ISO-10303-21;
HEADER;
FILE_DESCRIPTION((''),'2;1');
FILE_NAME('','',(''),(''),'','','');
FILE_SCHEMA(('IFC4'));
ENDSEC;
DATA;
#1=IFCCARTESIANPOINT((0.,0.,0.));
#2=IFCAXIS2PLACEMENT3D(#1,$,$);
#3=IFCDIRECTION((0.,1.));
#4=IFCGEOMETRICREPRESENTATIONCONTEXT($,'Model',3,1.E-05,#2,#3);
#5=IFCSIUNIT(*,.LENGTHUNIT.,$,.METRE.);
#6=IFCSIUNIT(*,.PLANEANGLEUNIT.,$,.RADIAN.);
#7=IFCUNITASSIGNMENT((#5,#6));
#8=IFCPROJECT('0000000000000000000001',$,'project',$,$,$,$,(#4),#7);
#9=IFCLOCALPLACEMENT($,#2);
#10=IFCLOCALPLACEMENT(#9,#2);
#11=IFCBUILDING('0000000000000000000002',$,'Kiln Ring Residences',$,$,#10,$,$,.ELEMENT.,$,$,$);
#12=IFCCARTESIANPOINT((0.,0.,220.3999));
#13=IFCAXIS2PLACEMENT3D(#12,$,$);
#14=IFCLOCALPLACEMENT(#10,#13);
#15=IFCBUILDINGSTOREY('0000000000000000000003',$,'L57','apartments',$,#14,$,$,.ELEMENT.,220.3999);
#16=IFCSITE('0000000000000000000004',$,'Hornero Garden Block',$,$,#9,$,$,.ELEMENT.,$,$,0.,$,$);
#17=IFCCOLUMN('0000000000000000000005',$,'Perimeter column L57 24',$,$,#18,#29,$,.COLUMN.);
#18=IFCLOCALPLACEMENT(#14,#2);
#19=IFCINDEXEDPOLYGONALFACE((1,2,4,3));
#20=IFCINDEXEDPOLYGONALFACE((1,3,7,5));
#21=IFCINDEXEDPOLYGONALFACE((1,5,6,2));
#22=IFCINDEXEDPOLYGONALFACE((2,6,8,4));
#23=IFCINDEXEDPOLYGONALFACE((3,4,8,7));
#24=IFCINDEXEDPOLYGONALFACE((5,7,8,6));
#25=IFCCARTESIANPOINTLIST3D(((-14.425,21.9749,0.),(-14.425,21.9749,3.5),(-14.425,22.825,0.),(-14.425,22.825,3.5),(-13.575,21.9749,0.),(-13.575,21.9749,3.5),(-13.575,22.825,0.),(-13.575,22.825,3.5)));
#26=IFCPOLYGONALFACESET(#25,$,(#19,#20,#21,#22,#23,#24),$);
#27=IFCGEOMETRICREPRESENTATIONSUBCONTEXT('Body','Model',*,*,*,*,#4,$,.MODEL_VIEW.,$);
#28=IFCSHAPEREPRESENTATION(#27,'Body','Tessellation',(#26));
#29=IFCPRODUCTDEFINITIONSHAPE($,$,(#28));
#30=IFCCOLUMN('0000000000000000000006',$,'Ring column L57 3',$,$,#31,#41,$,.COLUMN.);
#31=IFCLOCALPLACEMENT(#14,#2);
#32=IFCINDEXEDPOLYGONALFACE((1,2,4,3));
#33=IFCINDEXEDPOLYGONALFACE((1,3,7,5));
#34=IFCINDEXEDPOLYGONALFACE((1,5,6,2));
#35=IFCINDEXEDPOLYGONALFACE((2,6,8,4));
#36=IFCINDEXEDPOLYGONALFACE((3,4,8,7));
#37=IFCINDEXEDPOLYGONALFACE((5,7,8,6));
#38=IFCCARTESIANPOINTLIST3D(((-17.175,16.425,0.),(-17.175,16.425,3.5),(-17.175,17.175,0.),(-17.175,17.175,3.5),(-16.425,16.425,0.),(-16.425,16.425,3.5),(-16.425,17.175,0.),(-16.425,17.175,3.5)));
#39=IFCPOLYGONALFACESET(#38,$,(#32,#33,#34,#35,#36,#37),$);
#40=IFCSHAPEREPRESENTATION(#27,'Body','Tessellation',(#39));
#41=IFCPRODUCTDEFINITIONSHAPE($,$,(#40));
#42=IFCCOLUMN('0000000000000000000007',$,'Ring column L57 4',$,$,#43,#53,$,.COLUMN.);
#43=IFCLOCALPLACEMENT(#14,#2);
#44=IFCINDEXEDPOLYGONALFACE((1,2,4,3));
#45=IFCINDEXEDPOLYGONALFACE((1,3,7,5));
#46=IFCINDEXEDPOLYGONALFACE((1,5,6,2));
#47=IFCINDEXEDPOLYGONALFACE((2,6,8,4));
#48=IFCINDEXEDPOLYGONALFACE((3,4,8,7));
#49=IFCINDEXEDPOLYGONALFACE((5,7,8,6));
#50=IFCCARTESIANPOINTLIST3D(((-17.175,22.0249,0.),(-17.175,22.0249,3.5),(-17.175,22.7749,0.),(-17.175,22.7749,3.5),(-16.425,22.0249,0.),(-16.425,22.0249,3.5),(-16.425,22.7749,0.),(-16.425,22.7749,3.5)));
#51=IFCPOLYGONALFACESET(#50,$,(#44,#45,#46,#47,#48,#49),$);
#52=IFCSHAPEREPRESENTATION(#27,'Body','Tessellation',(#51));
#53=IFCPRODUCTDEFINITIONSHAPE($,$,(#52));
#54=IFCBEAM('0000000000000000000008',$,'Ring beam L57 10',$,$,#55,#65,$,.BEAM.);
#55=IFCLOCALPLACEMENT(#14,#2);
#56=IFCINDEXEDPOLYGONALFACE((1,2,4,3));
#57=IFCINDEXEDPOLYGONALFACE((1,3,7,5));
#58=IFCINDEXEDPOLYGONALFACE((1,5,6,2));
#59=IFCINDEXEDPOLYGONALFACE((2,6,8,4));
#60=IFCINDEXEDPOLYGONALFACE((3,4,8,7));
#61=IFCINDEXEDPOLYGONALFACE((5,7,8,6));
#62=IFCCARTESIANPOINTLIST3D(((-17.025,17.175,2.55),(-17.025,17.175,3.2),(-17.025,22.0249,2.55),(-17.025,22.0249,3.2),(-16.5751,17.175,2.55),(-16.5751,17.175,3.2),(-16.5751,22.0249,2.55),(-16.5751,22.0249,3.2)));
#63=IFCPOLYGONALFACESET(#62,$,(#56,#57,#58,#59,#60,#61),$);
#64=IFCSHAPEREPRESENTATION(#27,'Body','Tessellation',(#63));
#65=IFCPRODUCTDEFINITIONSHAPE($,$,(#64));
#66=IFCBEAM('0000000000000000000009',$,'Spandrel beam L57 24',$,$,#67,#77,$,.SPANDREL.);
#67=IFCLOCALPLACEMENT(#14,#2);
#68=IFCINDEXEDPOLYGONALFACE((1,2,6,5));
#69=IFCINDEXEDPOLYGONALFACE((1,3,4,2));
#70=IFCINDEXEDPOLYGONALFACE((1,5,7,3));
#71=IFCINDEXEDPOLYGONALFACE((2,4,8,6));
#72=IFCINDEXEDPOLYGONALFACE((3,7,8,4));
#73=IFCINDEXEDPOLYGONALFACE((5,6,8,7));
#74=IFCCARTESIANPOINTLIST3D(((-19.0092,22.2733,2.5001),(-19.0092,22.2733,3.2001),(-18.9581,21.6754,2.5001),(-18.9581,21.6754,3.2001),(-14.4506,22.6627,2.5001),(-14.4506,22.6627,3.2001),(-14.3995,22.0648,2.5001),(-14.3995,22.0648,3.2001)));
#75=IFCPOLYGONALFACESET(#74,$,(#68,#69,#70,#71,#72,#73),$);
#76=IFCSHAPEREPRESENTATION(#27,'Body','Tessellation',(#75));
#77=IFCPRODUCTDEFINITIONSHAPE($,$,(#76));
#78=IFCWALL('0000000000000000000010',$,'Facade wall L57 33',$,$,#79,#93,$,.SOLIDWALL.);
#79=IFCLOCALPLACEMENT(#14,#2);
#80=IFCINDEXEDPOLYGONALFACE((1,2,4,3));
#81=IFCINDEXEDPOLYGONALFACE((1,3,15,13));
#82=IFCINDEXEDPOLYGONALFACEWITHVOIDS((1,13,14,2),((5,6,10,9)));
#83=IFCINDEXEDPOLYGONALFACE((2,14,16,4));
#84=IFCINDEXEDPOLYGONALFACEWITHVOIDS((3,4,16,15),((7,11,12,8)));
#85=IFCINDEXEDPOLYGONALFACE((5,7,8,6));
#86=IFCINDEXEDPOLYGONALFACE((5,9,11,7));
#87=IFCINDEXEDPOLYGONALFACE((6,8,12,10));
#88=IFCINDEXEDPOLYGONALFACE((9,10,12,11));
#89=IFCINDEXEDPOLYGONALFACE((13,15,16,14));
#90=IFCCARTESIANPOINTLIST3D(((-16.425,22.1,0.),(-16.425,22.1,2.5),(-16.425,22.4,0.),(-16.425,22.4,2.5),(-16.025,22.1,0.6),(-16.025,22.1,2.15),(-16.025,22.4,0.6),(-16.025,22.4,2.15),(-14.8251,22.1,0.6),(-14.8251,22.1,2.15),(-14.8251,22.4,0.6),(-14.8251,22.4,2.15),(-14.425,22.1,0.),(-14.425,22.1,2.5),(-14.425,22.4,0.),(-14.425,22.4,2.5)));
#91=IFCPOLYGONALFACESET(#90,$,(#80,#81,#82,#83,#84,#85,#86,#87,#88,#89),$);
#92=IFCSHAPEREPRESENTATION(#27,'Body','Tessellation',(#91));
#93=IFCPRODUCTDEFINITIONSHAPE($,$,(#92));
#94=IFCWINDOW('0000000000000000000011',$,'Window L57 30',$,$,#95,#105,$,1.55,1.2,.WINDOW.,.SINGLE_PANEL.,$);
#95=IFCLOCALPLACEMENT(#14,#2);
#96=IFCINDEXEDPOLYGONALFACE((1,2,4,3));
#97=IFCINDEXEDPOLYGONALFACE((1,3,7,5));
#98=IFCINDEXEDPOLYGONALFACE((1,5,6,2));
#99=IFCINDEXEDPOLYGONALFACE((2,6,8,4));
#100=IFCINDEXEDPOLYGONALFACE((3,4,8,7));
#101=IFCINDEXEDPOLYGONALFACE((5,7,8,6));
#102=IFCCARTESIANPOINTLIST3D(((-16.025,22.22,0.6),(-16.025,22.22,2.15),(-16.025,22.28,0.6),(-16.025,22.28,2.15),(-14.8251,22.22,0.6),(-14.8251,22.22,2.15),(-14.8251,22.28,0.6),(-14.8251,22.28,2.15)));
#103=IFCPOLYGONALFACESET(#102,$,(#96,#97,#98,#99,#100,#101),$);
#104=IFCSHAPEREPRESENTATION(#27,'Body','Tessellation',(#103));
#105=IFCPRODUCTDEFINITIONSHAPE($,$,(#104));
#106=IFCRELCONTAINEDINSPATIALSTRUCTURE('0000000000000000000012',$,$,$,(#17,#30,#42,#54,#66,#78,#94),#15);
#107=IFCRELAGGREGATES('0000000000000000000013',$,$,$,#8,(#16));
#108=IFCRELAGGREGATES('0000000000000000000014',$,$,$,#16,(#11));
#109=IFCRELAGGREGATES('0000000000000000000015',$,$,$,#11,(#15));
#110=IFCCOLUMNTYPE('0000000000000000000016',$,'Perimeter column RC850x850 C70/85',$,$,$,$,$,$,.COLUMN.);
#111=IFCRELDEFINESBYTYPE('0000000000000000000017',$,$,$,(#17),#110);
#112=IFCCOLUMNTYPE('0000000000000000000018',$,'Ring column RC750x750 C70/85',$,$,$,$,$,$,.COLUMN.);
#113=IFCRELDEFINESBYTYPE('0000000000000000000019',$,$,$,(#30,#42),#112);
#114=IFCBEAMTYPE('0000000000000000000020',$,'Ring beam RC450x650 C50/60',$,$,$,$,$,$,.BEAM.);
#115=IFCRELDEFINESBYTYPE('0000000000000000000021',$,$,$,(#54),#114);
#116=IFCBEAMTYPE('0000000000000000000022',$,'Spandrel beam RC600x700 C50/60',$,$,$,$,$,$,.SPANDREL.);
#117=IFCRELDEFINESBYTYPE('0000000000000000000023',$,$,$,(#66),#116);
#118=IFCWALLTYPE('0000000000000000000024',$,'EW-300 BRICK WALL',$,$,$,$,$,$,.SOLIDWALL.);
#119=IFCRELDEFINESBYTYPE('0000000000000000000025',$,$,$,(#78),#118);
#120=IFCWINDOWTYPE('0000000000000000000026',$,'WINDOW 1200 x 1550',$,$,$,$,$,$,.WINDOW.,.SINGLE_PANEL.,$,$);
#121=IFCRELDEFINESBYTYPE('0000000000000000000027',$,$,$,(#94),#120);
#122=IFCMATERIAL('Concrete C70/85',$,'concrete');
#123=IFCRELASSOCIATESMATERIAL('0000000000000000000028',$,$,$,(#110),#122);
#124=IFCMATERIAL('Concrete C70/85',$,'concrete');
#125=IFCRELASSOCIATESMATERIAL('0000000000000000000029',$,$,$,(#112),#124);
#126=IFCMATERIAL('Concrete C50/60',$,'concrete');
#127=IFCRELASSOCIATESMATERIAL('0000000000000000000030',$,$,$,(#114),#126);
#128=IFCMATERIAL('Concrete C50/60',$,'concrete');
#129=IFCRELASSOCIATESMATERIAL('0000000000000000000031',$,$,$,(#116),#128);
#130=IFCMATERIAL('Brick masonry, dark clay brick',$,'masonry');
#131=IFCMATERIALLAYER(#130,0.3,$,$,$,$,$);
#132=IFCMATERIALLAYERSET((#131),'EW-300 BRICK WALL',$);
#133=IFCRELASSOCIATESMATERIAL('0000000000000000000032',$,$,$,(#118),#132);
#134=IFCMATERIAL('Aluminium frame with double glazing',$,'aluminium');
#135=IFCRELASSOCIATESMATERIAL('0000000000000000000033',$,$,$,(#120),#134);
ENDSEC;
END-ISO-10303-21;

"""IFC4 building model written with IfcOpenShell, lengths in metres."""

from ifc_helpers import new_model, si_unit, direction, frame, frame_2d, origin, origin_2d, place, context, subcontext, project, spatial, rectangle, extrude, material, layer, layer_set, material_profile, profile_set, type_object, element, fill, save


model = new_model("IFC4")

# Units and contexts
model_context = context("Model", 3, precision=1e-05, world=origin(), true_north=direction((0.0, 1.0)))
body_context = subcontext(model_context, "Body", "Model", "MODEL_VIEW")
ifc_project = project(units=[si_unit("LENGTHUNIT", "METRE"), si_unit("PLANEANGLEUNIT", "RADIAN")], contexts=[model_context])

# Site, building, storey
site_placement = place(None, origin())
site = spatial("IfcSite", under=ifc_project, at=site_placement, Name="Hornero Garden Block", CompositionType="ELEMENT", RefElevation=0.0)
building_placement = place(site_placement, origin())
building = spatial("IfcBuilding", under=site, at=building_placement, Name="Kiln Ring Residences", CompositionType="ELEMENT")
storey_placement = place(building_placement, frame((0.0, 0.0, 220.3999)))
storey = spatial("IfcBuildingStorey", under=building, at=storey_placement, Name="L57", Description="apartments", CompositionType="ELEMENT", Elevation=220.3999)

# Columns
ifc_material_1 = material(Name="Concrete C70/85", Category="concrete")
ifc_material_profile_1 = material_profile(ifc_material_1, rectangle(XDim=0.8501, YDim=0.8501, at=origin_2d()), Name="RC850x850")
ifc_profile_set_1 = profile_set([ifc_material_profile_1], Name="Concrete C70/85")
column_type_1 = type_object("IfcColumnType", Name="Perimeter column RC850x850 C70/85", PredefinedType="COLUMN", material=ifc_profile_set_1)
column_placement = place(storey_placement, frame((-14.0, 22.3999, 0.0), z_axis=(0.0, 0.0, 1.0), x_axis=(1.0, 0.0, 0.0)))
element("IfcColumn", 1, at=column_placement, inside=storey, type_object=column_type_1, Name="Perimeter column L57 24", PredefinedType="COLUMN", context=body_context, shape_type="SweptSolid", body=[
    extrude(rectangle(XDim=0.8501, YDim=0.8501, at=origin_2d()), origin(), (0.0, 0.0, 1.0), 3.5),
])
ifc_material_2 = material(Name="Concrete C70/85", Category="concrete")
ifc_material_profile_2 = material_profile(ifc_material_2, rectangle(XDim=0.75, YDim=0.75, at=origin_2d()), Name="RC750x750")
ifc_profile_set_2 = profile_set([ifc_material_profile_2], Name="Concrete C70/85")
column_type_2 = type_object("IfcColumnType", Name="Ring column RC750x750 C70/85", PredefinedType="COLUMN", material=ifc_profile_set_2)
for number, where, z_axis, x_axis, name in (
    (2, (-16.8, 16.8, 0.0), (0.0, 0.0, 1.0), (1.0, 0.0, 0.0), "Ring column L57 3"),
    (3, (-16.8, 22.3999, 0.0), (0.0, 0.0, 1.0), (1.0, 0.0, 0.0), "Ring column L57 4"),
):
    element("IfcColumn", number, at=place(storey_placement, frame(where, z_axis=z_axis, x_axis=x_axis)), inside=storey, type_object=column_type_2, Name=name, PredefinedType="COLUMN", context=body_context, shape_type="SweptSolid", body=[
        extrude(rectangle(XDim=0.75, YDim=0.75, at=origin_2d()), origin(), (0.0, 0.0, 1.0), 3.5),
    ])

# Beams
ifc_material_3 = material(Name="Concrete C50/60", Category="concrete")
ifc_material_profile_3 = material_profile(ifc_material_3, rectangle(XDim=0.45, YDim=0.6499, at=origin_2d()), Name="RC450x650")
ifc_profile_set_3 = profile_set([ifc_material_profile_3], Name="Concrete C50/60")
beam_type_1 = type_object("IfcBeamType", Name="Ring beam RC450x650 C50/60", PredefinedType="BEAM", material=ifc_profile_set_3)
beam_1_placement = place(storey_placement, frame((-16.8, 17.175, 2.875), z_axis=(0.0, 1.0, 0.0), x_axis=(-1.0, 0.0, 0.0)))
element("IfcBeam", 4, at=beam_1_placement, inside=storey, type_object=beam_type_1, Name="Ring beam L57 10", PredefinedType="BEAM", context=body_context, shape_type="SweptSolid", body=[
    extrude(rectangle(XDim=0.45, YDim=0.6499, at=origin_2d()), origin(), (0.0, 0.0, 1.0), 4.8499),
])
ifc_material_4 = material(Name="Concrete C50/60", Category="concrete")
ifc_material_profile_4 = material_profile(ifc_material_4, rectangle(XDim=0.6001, YDim=0.7, at=origin_2d()), Name="RC600x700")
ifc_profile_set_4 = profile_set([ifc_material_profile_4], Name="Concrete C50/60")
beam_type_2 = type_object("IfcBeamType", Name="Spandrel beam RC600x700 C50/60", PredefinedType="SPANDREL", material=ifc_profile_set_4)
beam_2_placement = place(storey_placement, frame((-14.425, 22.3638, 2.8501), z_axis=(-0.996371, -0.085112, 0.0), x_axis=(0.085112, -0.996371, 0.0)))
element("IfcBeam", 5, at=beam_2_placement, inside=storey, type_object=beam_type_2, Name="Spandrel beam L57 24", PredefinedType="SPANDREL", context=body_context, shape_type="SweptSolid", body=[
    extrude(rectangle(XDim=0.6001, YDim=0.7, at=origin_2d()), origin(), (0.0, 0.0, 1.0), 4.5752),
])

# Wall, opening, window
ifc_material_5 = material(Name="Brick masonry, dark clay brick", Category="masonry")
ifc_layer_1 = layer(ifc_material_5, 0.3)
ifc_layer_set_1 = layer_set([ifc_layer_1], Name="EW-300 BRICK WALL")
wall_type_1 = type_object("IfcWallType", Name="EW-300 BRICK WALL", PredefinedType="SOLIDWALL", material=ifc_layer_set_1)
wall_1_placement = place(storey_placement, frame((-14.425, 22.25, 0.0), z_axis=(0.0, 0.0, 1.0), x_axis=(-1.0, 0.0, 0.0)))
wall_1 = element("IfcWall", 6, at=wall_1_placement, inside=storey, type_object=wall_type_1, Name="Facade wall L57 33", PredefinedType="SOLIDWALL", context=body_context, shape_type="SweptSolid", body=[
    extrude(rectangle(XDim=2.0, YDim=0.3, at=frame_2d((1.0, 0.0))), origin(), (0.0, 0.0, 1.0), 2.5),
])
opening_1_placement = place(wall_1_placement, frame((0.3999, 0.0, 0.6001)))
opening_1 = element("IfcOpeningElement", 7, at=opening_1_placement, cuts=wall_1, PredefinedType="OPENING", context=body_context, shape_type="SweptSolid", body=[
    extrude(rectangle(XDim=1.2, YDim=1.55, at=frame_2d((0.6001, 0.7749))), frame((0.0, 0.1599, 0.0), z_axis=(0.0, -1.0, 0.0), x_axis=(1.0, 0.0, 0.0)), (0.0, 0.0, 1.0), 0.3201),
])
ifc_material_6 = material(Name="Aluminium frame with double glazing", Category="aluminium")
window_type = type_object("IfcWindowType", Name="WINDOW 1200 x 1550", PartitioningType="SINGLE_PANEL", PredefinedType="WINDOW", material=ifc_material_6)
window_placement = place(opening_1_placement, origin())
window = element("IfcWindow", 8, at=window_placement, inside=storey, type_object=window_type, Name="Window L57 30", OverallHeight=1.55, OverallWidth=1.2, PartitioningType="SINGLE_PANEL", PredefinedType="WINDOW", context=body_context, shape_type="SweptSolid", body=[
    extrude(rectangle(XDim=1.2, YDim=1.55, at=frame_2d((0.6001, 0.7749))), frame((0.0, 0.03, 0.0), z_axis=(0.0, -1.0, 0.0), x_axis=(1.0, 0.0, 0.0)), (0.0, 0.0, 1.0), 0.0601),
])
fill(opening_1, window)

save(model, "model.ifc")
